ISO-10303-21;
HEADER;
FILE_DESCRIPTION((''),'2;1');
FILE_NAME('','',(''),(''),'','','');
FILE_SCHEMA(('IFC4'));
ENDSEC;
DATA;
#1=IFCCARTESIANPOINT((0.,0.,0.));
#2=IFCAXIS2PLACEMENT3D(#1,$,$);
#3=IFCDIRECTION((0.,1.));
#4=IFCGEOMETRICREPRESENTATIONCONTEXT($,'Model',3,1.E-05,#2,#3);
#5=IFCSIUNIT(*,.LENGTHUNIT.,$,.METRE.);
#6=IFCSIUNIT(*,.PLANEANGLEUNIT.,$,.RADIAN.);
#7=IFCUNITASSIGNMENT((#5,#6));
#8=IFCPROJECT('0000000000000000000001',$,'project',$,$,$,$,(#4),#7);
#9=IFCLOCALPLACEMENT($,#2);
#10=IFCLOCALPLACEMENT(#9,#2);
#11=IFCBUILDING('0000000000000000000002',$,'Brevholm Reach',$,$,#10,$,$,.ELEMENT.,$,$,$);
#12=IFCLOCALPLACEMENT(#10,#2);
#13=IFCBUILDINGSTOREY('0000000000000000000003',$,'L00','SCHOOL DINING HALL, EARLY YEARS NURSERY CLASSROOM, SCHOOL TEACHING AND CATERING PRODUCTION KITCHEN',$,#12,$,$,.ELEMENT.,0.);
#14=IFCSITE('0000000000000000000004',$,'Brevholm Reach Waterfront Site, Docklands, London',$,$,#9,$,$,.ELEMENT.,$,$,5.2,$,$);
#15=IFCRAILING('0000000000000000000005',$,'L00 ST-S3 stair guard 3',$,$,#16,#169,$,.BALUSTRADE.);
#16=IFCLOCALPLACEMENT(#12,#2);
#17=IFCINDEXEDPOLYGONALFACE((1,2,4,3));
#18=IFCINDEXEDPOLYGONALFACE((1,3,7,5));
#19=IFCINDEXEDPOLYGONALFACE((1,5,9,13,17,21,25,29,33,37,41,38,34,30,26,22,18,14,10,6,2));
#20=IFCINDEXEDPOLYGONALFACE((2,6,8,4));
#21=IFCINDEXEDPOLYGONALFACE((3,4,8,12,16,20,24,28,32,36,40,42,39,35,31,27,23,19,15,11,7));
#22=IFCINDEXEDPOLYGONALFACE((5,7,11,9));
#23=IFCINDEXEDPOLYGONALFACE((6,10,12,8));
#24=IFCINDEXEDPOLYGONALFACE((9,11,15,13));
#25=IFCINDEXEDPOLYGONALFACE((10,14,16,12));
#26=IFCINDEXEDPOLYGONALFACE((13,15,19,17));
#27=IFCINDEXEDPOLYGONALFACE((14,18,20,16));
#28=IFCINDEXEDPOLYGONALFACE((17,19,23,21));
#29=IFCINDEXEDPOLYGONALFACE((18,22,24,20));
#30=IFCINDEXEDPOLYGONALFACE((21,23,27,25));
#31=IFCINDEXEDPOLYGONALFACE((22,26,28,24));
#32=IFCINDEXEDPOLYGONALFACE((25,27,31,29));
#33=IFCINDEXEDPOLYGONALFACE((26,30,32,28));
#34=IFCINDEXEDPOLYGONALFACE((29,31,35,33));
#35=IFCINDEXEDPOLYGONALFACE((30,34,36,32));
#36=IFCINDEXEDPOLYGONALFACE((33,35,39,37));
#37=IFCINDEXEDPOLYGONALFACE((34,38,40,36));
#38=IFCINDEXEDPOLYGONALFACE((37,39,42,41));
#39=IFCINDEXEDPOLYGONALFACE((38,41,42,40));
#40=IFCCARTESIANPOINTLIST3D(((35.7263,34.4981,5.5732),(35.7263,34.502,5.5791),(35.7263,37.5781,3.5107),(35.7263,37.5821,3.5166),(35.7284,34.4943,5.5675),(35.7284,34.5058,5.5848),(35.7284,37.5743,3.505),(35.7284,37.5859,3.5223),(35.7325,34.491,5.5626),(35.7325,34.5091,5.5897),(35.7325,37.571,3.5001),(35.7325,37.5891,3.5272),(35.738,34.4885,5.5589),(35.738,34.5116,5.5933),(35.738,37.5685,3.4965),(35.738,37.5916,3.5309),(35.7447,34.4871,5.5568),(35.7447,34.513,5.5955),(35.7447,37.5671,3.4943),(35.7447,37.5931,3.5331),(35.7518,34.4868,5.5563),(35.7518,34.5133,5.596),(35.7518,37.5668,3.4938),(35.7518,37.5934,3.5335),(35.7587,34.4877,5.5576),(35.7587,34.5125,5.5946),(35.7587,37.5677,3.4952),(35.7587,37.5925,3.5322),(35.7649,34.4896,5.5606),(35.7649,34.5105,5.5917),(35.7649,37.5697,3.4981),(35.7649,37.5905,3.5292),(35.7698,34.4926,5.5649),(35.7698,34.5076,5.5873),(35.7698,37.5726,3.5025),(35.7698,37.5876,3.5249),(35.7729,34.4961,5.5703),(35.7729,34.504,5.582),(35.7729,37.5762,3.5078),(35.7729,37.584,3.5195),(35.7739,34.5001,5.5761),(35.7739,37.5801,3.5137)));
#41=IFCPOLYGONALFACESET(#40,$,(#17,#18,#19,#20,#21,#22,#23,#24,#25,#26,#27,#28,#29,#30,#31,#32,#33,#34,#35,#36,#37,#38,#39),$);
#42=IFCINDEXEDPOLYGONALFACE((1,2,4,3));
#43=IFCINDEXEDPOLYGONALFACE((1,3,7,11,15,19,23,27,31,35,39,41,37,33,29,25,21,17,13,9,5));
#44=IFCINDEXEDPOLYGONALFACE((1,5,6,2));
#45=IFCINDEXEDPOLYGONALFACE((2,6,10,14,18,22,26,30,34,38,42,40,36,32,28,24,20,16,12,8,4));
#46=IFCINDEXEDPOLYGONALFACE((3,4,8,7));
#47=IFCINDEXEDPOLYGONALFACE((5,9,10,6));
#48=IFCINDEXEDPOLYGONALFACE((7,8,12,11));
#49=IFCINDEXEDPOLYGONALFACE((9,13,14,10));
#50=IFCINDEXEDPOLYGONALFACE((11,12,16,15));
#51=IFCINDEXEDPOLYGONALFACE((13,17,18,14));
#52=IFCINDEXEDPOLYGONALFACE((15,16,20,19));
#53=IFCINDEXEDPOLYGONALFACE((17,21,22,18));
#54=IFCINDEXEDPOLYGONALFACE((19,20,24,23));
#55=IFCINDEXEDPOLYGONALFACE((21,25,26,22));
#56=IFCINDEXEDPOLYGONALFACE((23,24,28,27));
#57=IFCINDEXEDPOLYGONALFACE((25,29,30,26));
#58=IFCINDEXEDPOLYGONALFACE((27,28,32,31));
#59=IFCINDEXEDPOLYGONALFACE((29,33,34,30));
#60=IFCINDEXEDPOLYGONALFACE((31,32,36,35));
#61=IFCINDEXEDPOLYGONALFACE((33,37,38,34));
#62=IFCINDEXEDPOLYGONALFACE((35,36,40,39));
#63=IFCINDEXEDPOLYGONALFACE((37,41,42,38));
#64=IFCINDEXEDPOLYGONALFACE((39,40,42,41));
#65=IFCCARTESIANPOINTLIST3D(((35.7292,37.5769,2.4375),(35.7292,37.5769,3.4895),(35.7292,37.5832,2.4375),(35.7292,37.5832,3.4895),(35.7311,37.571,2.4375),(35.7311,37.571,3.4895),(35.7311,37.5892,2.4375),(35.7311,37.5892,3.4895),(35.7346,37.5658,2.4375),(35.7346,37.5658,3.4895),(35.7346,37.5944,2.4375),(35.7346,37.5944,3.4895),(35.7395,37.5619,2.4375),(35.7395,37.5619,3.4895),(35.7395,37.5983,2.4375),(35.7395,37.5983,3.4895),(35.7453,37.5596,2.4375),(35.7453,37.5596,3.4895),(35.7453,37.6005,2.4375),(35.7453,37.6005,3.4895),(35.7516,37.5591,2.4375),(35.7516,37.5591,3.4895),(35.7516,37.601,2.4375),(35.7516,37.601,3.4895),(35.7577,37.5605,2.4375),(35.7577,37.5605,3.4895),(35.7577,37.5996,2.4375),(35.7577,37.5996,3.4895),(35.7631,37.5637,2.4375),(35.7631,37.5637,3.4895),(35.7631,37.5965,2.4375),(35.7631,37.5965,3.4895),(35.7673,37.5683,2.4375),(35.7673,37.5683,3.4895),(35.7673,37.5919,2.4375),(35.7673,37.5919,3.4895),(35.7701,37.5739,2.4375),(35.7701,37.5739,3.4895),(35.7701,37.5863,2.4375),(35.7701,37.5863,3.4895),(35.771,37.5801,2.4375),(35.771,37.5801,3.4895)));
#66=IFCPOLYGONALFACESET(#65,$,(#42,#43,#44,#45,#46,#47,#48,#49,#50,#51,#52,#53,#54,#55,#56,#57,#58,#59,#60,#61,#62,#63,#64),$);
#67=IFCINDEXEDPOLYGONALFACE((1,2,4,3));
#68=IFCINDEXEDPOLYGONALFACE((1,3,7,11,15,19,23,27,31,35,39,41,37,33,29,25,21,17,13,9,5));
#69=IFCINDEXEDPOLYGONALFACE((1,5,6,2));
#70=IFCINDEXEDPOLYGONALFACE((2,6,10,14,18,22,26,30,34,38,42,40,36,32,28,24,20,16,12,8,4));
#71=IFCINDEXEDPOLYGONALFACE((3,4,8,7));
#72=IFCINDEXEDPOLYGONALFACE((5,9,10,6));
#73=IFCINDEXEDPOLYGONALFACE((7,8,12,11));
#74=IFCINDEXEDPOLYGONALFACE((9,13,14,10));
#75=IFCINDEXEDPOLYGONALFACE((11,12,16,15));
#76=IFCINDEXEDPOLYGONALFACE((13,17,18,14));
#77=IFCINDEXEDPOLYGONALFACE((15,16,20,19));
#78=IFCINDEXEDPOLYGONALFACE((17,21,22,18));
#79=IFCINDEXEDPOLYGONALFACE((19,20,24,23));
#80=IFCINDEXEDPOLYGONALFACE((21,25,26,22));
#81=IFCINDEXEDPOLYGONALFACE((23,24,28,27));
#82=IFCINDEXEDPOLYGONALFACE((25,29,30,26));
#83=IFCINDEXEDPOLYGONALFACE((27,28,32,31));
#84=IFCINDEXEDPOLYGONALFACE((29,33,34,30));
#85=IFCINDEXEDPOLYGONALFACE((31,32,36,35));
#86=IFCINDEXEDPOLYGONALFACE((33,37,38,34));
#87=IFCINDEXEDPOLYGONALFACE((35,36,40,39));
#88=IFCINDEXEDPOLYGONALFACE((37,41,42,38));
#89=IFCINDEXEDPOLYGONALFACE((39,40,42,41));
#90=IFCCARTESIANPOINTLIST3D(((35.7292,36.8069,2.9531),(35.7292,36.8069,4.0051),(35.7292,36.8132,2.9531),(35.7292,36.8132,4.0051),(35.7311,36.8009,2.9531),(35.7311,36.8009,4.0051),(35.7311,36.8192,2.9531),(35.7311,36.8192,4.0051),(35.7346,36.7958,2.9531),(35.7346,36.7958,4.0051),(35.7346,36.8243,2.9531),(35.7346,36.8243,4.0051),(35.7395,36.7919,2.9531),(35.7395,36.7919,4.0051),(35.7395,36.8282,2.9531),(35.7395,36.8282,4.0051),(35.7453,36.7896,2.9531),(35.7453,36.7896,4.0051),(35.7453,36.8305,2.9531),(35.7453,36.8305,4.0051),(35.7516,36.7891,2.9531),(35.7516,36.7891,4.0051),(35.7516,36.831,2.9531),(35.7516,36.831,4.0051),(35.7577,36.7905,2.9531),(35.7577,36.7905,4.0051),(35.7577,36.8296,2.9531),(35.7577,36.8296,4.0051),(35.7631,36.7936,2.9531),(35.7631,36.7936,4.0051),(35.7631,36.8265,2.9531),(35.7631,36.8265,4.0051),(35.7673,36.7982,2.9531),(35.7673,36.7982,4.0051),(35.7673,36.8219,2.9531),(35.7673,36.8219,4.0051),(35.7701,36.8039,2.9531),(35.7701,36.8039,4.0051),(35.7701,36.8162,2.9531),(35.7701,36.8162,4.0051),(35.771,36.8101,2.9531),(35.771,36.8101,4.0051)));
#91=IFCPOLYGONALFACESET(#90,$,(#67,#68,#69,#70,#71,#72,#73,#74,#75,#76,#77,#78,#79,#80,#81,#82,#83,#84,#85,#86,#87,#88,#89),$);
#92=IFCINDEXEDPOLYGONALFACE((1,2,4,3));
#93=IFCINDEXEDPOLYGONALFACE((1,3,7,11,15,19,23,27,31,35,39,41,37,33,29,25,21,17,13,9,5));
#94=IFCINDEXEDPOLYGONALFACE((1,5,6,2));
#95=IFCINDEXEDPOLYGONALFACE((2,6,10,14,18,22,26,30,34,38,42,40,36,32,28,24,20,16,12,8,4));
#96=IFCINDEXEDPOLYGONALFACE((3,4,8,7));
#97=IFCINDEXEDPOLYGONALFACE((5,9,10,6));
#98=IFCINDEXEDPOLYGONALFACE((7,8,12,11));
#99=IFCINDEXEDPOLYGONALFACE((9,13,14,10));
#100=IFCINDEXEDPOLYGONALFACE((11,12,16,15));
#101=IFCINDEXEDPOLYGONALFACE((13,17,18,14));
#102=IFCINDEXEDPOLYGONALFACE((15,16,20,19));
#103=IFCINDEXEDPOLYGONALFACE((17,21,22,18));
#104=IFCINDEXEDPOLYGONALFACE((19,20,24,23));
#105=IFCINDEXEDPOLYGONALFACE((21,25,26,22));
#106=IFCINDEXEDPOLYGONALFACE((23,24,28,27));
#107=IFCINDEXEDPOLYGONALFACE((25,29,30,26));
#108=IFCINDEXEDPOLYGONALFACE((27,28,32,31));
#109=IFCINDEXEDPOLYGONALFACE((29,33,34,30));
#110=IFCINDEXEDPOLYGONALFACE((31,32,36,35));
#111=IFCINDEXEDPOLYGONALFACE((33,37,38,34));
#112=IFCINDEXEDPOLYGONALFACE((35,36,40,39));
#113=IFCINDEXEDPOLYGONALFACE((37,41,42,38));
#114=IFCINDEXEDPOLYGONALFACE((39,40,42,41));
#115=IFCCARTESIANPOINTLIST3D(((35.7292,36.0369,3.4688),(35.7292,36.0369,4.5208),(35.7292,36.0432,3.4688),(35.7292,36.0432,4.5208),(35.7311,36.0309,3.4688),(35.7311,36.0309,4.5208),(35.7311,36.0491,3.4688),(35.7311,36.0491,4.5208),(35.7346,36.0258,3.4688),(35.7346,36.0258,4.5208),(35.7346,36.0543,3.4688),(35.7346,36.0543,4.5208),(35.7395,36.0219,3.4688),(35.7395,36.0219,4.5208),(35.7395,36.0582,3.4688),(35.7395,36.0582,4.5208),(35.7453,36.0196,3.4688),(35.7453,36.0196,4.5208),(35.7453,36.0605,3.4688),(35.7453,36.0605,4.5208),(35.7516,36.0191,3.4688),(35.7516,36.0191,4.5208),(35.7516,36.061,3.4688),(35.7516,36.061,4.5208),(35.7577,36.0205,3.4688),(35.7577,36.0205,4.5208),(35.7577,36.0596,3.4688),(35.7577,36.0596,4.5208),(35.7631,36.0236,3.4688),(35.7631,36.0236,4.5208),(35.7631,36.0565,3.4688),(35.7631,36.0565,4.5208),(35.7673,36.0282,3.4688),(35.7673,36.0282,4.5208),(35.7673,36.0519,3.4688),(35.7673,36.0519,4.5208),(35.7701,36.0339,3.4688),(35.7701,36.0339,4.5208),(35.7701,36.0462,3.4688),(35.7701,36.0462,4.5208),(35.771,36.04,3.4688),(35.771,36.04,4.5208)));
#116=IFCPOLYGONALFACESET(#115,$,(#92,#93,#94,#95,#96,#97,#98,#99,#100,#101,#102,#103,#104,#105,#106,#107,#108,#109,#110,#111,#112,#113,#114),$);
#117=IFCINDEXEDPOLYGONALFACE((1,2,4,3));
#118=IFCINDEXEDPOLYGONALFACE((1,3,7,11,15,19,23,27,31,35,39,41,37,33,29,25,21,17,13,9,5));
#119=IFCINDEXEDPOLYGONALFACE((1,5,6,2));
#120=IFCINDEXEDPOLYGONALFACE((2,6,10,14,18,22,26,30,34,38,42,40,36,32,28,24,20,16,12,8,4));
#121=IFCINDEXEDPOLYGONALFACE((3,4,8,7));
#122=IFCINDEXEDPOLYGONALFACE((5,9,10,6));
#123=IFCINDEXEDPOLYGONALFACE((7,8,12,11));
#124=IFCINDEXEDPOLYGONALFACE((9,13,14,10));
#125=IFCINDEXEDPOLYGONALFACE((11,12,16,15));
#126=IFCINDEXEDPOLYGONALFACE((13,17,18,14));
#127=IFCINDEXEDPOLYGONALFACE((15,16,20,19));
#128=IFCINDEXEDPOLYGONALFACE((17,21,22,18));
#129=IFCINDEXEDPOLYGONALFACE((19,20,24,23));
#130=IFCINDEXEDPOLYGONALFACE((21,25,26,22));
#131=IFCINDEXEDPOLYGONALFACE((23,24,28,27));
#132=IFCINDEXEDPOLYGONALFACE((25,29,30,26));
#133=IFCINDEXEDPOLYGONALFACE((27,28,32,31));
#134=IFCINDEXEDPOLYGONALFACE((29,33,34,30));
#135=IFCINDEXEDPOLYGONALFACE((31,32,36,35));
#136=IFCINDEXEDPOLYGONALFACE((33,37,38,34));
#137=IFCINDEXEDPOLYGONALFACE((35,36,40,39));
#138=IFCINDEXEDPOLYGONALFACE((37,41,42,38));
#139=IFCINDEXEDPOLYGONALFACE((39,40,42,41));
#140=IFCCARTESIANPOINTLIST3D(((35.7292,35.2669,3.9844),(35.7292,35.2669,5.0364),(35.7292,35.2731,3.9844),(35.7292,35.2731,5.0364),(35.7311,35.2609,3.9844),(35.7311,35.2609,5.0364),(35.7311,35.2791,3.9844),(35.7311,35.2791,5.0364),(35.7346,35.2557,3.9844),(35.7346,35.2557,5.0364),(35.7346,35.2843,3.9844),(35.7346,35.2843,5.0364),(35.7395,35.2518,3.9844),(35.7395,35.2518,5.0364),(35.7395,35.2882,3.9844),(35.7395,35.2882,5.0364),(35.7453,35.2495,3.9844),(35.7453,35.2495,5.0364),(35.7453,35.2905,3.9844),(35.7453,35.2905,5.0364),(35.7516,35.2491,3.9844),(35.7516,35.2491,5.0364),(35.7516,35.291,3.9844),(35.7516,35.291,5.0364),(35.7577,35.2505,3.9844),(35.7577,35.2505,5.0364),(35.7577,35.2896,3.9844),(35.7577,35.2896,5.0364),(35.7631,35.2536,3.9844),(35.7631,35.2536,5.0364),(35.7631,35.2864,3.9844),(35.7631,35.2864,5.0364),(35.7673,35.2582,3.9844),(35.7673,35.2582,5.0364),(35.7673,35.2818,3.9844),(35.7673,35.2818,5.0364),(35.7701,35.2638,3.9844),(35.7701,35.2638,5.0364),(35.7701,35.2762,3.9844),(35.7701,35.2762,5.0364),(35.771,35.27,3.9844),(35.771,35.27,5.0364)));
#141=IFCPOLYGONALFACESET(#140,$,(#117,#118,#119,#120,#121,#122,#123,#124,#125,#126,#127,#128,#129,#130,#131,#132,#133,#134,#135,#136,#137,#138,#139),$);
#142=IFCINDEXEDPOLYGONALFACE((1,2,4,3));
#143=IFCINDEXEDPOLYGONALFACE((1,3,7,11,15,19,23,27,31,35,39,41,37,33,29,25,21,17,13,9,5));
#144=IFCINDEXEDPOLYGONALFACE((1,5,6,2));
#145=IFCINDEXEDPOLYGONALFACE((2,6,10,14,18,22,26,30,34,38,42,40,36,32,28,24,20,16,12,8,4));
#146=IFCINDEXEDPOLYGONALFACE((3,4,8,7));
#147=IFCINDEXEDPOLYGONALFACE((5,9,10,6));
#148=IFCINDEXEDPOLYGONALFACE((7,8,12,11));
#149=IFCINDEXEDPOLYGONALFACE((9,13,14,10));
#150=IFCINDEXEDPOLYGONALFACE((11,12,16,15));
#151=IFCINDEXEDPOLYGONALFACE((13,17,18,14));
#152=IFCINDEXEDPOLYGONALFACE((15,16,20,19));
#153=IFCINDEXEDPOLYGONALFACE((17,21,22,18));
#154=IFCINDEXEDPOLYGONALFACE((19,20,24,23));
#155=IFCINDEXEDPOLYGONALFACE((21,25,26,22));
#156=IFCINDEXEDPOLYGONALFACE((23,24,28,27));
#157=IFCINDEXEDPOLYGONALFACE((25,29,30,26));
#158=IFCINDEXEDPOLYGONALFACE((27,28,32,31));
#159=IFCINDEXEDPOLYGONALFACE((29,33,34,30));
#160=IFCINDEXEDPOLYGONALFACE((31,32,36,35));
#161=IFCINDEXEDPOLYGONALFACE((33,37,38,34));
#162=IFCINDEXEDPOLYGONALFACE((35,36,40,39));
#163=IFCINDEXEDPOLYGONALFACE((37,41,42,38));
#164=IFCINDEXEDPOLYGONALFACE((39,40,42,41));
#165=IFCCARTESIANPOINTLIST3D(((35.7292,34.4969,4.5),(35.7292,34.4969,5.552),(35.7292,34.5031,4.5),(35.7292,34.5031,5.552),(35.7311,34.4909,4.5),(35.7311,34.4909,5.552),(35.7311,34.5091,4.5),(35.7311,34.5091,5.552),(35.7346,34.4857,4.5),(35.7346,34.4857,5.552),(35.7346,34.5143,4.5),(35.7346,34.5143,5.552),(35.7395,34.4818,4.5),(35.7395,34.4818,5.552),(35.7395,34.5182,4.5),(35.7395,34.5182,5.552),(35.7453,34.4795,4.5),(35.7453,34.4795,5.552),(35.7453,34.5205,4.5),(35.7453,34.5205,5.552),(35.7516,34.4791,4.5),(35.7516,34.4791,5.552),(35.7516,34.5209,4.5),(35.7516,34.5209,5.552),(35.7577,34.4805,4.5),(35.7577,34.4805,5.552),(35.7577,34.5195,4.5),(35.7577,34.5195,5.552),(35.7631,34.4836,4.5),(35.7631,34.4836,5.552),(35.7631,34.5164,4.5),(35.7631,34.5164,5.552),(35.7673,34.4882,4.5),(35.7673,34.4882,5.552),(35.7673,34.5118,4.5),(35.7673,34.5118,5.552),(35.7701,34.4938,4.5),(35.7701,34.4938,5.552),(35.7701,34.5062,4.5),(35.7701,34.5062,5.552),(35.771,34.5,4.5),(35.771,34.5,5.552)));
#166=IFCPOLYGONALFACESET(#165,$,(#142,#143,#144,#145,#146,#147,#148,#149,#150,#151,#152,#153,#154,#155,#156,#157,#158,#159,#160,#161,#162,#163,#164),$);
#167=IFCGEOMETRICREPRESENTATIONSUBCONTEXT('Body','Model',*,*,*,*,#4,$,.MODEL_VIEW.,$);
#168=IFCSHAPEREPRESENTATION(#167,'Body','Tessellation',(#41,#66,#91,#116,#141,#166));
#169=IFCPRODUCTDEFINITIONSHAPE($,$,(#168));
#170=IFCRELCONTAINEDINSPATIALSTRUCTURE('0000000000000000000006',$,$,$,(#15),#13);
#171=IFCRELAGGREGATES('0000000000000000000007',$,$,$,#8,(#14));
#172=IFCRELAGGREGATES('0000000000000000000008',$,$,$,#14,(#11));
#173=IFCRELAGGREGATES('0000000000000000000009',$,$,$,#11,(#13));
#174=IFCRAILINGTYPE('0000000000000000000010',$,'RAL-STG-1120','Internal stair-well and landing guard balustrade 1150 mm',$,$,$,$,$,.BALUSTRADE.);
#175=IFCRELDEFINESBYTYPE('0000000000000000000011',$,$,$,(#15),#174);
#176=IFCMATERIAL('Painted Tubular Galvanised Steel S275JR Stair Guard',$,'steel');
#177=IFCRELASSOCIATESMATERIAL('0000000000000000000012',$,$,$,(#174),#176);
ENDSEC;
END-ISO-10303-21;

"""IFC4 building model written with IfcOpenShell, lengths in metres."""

from ifc_helpers import new_model, si_unit, direction, frame, origin, origin_2d, place, context, subcontext, project, spatial, circle, extrude, material, type_object, element, save


model = new_model("IFC4")

# Units and contexts
model_context = context("Model", 3, precision=1e-05, world=origin(), true_north=direction((0.0, 1.0)))
body_context = subcontext(model_context, "Body", "Model", "MODEL_VIEW")
ifc_project = project(units=[si_unit("LENGTHUNIT", "METRE"), si_unit("PLANEANGLEUNIT", "RADIAN")], contexts=[model_context])

# Site, building, storey
site_placement = place(None, origin())
site = spatial("IfcSite", under=ifc_project, at=site_placement, Name="Brevholm Reach Waterfront Site, Docklands, London", CompositionType="ELEMENT", RefElevation=5.2)
building_placement = place(site_placement, origin())
building = spatial("IfcBuilding", under=site, at=building_placement, Name="Brevholm Reach", CompositionType="ELEMENT")
storey_placement = place(building_placement, origin())
storey = spatial("IfcBuildingStorey", under=building, at=storey_placement, Name="L00", Description="SCHOOL DINING HALL, EARLY YEARS NURSERY CLASSROOM, SCHOOL TEACHING AND CATERING PRODUCTION KITCHEN", CompositionType="ELEMENT", Elevation=0.0)

# Railing
ifc_material_1 = material(Name="Painted Tubular Galvanised Steel S275JR Stair Guard", Category="steel")
railing_type_1 = type_object("IfcRailingType", Name="RAL-STG-1120", Description="Internal stair-well and landing guard balustrade 1150 mm", PredefinedType="BALUSTRADE", material=ifc_material_1)
railing_1_placement = place(storey_placement, frame((35.75, 37.5801, 2.4375)))
element("IfcRailing", 1, at=railing_1_placement, inside=storey, type_object=railing_type_1, Name="L00 ST-S3 stair guard 3", PredefinedType="BALUSTRADE", context=body_context, shape_type="SweptSolid", body=[
    extrude(circle(Radius=0.0239, at=origin_2d()), frame((0.0, 0.0, 1.0762), z_axis=(0.0, -0.830914, 0.556401), x_axis=(1.0, 0.0, 0.0)), (0.0, 0.0, 1.0), 3.7068),
    extrude(circle(Radius=0.021, at=origin_2d()), origin(), (0.0, 0.0, 1.0), 1.052),
    extrude(circle(Radius=0.021, at=origin_2d()), frame((0.0, -0.77, 0.5156)), (0.0, 0.0, 1.0), 1.052),
    extrude(circle(Radius=0.021, at=origin_2d()), frame((0.0, -1.54, 1.0312)), (0.0, 0.0, 1.0), 1.052),
    extrude(circle(Radius=0.021, at=origin_2d()), frame((0.0, -2.3101, 1.5469)), (0.0, 0.0, 1.0), 1.052),
    extrude(circle(Radius=0.021, at=origin_2d()), frame((0.0, -3.0801, 2.0625)), (0.0, 0.0, 1.0), 1.052),
])

save(model, "model.ifc")
